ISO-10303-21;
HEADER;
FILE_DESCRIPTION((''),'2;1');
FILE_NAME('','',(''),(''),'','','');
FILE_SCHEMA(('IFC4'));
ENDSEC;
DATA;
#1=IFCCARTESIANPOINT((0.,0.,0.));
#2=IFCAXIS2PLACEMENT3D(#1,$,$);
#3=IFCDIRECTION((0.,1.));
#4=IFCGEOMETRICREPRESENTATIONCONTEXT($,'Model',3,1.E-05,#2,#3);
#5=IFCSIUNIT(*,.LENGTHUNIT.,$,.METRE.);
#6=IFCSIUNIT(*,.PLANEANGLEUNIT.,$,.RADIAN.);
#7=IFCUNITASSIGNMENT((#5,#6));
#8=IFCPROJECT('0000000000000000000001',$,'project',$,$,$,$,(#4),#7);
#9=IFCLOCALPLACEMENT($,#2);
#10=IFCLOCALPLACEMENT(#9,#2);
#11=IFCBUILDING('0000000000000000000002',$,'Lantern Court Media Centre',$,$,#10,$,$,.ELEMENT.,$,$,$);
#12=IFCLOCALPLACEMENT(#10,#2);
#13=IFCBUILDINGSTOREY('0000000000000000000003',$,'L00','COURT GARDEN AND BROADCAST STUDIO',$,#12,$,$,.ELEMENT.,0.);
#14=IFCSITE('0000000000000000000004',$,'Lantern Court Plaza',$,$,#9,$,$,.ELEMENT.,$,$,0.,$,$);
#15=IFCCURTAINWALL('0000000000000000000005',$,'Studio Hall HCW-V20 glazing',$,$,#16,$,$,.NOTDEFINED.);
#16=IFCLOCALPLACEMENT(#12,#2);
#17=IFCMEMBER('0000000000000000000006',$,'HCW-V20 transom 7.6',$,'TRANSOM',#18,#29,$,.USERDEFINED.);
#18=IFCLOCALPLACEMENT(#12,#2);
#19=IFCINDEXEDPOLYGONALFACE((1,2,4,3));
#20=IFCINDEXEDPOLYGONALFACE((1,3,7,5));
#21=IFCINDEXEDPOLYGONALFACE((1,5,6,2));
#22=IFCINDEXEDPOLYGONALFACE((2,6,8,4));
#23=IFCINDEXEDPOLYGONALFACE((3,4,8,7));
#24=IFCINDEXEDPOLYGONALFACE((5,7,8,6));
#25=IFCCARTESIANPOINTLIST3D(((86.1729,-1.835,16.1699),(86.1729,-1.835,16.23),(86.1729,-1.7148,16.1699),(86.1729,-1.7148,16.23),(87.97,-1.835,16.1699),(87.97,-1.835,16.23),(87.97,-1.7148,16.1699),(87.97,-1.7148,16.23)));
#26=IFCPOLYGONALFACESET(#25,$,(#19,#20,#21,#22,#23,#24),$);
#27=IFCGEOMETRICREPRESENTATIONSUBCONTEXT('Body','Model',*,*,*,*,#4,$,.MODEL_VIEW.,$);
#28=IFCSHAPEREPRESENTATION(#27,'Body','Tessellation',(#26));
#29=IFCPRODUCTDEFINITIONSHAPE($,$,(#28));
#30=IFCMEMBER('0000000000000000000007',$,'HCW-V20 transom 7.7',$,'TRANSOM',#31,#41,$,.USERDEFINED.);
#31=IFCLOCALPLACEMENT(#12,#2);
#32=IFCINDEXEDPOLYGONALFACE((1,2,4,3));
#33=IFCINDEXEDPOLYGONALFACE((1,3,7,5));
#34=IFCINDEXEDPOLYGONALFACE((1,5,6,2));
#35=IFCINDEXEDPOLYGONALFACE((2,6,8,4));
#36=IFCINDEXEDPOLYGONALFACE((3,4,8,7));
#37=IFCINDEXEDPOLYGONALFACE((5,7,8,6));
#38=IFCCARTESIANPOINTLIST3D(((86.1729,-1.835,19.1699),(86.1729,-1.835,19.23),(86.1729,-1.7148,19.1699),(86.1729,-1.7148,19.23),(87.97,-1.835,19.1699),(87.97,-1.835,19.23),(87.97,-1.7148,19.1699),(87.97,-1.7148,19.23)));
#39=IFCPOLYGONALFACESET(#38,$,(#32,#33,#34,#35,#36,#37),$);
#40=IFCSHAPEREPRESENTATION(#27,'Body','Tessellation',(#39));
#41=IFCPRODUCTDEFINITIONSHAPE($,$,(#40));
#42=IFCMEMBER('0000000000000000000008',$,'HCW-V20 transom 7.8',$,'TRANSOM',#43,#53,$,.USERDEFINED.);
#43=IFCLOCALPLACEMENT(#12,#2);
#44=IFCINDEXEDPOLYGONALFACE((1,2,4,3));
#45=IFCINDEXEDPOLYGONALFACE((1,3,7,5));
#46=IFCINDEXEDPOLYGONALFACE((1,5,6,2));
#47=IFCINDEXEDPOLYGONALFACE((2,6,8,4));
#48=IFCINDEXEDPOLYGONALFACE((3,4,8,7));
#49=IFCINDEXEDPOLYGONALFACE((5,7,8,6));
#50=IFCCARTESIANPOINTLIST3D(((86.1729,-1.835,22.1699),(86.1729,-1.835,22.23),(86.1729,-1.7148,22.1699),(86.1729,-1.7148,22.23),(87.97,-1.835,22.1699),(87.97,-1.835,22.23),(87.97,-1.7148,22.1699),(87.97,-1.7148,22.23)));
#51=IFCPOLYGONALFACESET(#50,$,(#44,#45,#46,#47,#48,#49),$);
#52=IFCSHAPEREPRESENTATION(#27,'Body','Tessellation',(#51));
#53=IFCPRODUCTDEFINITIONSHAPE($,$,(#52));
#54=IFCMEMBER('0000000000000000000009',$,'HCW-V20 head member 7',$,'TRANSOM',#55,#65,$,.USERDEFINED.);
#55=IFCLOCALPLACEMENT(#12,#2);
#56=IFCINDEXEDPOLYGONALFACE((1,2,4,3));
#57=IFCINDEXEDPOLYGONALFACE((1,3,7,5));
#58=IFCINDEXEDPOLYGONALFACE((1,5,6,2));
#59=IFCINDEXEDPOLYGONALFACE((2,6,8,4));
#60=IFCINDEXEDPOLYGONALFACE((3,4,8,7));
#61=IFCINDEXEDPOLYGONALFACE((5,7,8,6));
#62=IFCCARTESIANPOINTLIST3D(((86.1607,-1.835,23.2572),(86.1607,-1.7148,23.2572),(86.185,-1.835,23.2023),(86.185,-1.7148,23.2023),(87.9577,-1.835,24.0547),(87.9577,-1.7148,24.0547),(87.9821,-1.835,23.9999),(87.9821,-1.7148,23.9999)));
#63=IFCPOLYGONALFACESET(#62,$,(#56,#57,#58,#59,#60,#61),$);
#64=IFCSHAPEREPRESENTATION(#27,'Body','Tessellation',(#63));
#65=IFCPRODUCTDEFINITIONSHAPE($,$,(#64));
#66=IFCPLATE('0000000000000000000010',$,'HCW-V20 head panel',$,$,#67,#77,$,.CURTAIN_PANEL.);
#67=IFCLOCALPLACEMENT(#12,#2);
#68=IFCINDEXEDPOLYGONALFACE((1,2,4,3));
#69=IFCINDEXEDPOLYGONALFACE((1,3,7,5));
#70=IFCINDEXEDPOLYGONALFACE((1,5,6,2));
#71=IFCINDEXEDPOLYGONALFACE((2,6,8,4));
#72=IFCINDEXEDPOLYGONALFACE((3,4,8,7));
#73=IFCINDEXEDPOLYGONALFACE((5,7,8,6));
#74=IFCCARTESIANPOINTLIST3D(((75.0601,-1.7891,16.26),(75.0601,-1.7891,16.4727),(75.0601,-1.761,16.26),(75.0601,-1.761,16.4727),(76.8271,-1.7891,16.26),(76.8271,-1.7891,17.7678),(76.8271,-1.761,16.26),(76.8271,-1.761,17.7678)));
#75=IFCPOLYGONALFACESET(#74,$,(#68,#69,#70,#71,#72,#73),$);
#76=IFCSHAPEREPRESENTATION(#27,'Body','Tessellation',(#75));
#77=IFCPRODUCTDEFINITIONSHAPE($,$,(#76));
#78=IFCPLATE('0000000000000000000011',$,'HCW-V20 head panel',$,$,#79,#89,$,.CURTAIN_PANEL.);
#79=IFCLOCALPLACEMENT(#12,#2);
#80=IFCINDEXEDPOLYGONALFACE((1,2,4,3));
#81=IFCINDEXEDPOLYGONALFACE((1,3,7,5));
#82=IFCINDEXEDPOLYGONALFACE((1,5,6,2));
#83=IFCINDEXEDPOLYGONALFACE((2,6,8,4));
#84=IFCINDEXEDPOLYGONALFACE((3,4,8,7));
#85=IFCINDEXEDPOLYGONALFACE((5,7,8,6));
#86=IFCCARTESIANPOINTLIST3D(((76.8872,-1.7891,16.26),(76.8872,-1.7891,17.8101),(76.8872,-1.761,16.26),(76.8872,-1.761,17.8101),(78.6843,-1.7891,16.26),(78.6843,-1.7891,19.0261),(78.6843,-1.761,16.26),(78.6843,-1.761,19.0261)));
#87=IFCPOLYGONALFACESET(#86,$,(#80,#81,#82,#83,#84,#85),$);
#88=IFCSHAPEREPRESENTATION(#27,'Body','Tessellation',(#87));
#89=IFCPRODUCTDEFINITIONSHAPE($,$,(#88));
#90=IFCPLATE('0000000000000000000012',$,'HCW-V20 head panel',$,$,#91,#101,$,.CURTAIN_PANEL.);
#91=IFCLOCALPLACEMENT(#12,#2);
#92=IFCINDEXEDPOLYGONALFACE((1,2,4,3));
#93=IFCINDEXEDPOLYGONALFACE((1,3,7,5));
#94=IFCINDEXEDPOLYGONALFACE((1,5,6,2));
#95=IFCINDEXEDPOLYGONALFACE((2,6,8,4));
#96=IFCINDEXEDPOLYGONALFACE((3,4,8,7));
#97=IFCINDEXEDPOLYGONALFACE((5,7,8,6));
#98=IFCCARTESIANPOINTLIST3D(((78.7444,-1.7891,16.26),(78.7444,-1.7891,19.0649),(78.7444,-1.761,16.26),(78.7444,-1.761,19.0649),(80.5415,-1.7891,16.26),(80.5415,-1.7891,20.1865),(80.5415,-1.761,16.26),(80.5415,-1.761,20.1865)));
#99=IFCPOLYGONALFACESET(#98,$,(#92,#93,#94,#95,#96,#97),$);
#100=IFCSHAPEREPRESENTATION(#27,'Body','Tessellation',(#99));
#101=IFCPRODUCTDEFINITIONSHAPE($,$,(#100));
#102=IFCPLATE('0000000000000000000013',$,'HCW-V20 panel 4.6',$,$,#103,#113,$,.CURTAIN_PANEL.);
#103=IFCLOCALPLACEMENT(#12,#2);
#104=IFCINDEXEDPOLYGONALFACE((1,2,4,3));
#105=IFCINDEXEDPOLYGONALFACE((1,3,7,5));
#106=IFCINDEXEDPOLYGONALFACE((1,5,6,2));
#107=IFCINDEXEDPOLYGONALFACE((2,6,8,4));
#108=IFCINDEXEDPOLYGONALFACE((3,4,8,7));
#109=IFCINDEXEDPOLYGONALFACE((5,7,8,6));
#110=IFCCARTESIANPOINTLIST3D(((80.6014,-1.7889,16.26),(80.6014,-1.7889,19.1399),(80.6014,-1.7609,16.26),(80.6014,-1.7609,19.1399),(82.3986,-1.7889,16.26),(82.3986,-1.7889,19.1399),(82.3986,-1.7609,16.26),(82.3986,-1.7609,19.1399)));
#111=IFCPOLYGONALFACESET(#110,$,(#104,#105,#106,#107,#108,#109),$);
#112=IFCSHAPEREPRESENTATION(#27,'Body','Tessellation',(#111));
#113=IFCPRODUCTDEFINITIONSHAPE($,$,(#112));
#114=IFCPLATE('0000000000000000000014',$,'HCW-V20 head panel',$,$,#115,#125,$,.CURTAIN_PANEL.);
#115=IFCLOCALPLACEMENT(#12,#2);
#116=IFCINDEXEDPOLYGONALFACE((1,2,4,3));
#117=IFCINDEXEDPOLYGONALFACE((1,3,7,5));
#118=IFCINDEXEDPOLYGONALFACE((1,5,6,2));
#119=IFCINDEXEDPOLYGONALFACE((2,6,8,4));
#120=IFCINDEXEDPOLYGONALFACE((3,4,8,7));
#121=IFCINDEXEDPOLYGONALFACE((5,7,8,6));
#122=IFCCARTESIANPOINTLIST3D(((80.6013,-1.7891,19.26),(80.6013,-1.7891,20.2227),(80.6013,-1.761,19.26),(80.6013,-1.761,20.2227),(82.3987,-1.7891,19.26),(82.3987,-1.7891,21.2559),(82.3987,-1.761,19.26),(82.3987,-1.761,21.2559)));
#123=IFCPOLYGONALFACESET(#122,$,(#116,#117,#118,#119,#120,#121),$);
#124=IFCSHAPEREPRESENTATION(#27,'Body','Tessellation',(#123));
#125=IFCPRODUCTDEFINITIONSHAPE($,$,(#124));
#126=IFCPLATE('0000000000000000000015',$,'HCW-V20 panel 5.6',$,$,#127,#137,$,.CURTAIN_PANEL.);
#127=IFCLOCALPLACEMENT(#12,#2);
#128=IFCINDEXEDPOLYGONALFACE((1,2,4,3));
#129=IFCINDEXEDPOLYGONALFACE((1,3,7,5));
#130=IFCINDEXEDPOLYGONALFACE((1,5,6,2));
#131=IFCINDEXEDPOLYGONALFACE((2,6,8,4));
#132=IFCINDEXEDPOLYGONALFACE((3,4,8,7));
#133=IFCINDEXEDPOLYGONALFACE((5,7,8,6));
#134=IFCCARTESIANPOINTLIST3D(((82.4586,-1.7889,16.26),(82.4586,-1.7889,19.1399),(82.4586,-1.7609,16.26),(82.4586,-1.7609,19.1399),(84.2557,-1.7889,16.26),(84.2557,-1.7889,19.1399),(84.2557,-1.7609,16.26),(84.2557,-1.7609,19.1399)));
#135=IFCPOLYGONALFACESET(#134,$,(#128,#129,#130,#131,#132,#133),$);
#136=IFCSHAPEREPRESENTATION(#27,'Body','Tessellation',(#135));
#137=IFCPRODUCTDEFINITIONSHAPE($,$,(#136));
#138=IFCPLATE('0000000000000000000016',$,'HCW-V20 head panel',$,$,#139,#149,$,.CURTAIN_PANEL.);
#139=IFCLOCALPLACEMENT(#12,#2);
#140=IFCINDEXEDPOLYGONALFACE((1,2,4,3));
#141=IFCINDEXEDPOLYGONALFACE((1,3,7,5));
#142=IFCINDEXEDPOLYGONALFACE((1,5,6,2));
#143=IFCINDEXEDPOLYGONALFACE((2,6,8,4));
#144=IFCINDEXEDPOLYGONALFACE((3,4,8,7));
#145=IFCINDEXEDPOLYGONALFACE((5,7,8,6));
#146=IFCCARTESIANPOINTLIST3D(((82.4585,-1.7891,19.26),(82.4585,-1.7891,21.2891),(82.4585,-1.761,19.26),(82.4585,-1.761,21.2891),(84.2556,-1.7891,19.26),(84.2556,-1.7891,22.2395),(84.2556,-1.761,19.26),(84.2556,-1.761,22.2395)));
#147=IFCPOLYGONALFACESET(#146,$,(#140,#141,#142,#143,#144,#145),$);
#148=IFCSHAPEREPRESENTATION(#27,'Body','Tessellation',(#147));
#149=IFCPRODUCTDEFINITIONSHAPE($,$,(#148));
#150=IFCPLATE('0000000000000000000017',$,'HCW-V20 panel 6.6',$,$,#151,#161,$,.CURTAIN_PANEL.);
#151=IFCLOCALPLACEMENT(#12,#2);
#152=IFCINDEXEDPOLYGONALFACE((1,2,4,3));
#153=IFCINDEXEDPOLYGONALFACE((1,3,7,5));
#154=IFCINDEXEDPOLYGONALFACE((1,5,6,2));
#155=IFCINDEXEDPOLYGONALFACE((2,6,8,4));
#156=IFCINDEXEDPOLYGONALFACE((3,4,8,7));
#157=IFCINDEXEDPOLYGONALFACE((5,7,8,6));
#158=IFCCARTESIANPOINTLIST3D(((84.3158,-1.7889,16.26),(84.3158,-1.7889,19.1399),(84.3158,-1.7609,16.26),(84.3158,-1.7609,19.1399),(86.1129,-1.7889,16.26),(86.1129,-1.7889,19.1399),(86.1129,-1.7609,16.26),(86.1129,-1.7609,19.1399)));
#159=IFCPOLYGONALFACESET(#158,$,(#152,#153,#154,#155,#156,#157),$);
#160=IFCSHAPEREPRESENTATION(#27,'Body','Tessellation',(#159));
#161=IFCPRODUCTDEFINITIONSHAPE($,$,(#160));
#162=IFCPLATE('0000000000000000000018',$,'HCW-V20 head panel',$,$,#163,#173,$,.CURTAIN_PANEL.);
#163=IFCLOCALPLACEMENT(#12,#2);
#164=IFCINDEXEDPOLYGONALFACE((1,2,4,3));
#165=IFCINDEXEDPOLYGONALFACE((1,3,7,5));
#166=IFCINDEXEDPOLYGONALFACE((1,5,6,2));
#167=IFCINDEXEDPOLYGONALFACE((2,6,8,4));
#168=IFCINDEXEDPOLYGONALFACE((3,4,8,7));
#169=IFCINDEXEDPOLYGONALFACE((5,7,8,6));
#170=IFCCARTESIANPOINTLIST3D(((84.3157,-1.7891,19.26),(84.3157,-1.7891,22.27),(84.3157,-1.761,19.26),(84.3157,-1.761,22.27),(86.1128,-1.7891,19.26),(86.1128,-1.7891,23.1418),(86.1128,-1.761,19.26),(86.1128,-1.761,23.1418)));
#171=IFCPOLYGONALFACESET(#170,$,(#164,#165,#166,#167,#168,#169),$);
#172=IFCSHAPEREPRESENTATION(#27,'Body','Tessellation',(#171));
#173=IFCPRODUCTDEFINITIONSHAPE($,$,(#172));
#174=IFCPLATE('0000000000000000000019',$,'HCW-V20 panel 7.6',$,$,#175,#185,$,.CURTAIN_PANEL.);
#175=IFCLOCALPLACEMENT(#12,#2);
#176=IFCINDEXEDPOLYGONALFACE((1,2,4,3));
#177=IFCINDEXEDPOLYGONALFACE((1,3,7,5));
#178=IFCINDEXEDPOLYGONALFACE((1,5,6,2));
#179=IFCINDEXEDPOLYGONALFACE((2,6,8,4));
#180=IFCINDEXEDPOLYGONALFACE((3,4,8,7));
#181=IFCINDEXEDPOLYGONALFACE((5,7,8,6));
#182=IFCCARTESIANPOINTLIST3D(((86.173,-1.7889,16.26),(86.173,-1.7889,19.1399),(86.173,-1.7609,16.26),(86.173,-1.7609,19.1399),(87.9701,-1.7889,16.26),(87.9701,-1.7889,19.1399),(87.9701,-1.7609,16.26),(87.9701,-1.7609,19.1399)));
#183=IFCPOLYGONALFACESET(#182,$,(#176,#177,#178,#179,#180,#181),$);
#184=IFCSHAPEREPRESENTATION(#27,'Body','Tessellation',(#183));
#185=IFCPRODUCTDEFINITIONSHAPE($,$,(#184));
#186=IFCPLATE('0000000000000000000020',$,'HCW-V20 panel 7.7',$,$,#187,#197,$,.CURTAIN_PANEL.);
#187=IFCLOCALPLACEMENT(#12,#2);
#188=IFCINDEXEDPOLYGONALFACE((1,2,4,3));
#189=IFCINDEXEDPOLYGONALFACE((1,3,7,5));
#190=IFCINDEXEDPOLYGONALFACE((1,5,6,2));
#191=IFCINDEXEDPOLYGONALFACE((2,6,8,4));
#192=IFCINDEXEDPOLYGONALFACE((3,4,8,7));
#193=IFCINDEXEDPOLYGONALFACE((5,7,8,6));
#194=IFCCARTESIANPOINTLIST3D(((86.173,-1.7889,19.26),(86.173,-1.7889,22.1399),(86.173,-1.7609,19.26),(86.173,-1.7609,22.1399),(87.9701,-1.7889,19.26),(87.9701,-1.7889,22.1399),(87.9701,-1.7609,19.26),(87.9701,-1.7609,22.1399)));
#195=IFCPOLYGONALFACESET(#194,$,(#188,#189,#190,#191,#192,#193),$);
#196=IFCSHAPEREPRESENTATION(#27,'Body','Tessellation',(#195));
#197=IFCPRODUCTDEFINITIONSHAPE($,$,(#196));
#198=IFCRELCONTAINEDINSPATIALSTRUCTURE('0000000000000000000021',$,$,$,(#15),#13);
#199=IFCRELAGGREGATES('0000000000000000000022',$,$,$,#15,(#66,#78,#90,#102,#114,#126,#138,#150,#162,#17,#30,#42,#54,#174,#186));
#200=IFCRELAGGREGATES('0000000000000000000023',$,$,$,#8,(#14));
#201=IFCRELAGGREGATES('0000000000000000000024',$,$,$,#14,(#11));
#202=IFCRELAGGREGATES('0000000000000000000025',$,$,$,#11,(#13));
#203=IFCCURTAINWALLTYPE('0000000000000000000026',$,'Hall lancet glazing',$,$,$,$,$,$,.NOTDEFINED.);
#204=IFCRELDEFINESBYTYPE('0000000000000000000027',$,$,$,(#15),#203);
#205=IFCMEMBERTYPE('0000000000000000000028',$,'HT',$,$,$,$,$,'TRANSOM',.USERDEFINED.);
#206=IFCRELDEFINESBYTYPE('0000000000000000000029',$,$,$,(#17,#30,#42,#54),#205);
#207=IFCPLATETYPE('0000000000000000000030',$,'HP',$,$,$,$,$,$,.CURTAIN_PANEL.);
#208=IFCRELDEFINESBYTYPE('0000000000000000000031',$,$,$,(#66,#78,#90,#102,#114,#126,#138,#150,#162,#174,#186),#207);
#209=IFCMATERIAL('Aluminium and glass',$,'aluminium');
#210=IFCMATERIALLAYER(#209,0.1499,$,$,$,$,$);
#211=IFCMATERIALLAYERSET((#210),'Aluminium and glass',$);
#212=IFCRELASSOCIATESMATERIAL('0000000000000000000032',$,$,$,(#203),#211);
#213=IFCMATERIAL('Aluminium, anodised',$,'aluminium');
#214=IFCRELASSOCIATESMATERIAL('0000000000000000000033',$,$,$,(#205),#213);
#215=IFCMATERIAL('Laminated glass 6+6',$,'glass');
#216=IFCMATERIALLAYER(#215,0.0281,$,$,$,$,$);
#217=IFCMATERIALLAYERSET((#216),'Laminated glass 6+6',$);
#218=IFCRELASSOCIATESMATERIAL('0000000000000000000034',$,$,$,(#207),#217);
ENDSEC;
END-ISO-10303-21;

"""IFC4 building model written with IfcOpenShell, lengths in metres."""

from ifc_helpers import new_model, si_unit, direction, frame, origin, origin_2d, place, context, subcontext, project, spatial, polyline, rectangle, outline, extrude, material, layer, layer_set, material_profile, profile_set, type_object, element, aggregate, save


model = new_model("IFC4")

# Units and contexts
model_context = context("Model", 3, precision=1e-05, world=origin(), true_north=direction((0.0, 1.0)))
body_context = subcontext(model_context, "Body", "Model", "MODEL_VIEW")
ifc_project = project(units=[si_unit("LENGTHUNIT", "METRE"), si_unit("PLANEANGLEUNIT", "RADIAN")], contexts=[model_context])

# Site, building, storey
site_placement = place(None, origin())
site = spatial("IfcSite", under=ifc_project, at=site_placement, Name="Lantern Court Plaza", CompositionType="ELEMENT", RefElevation=0.0)
building_placement = place(site_placement, origin())
building = spatial("IfcBuilding", under=site, at=building_placement, Name="Lantern Court Media Centre", CompositionType="ELEMENT")
storey_placement = place(building_placement, origin())
storey = spatial("IfcBuildingStorey", under=building, at=storey_placement, Name="L00", Description="COURT GARDEN AND BROADCAST STUDIO", CompositionType="ELEMENT", Elevation=0.0)

# Curtain wall, members, plates
ifc_material_1 = material(Name="Aluminium and glass", Category="aluminium")
ifc_layer_1 = layer(ifc_material_1, 0.1499)
ifc_layer_set_1 = layer_set([ifc_layer_1], Name="Aluminium and glass")
curtain_wall_type = type_object("IfcCurtainWallType", Name="Hall lancet glazing", PredefinedType="NOTDEFINED", material=ifc_layer_set_1)
curtain_wall_placement = place(storey_placement, origin())
curtain_wall = element("IfcCurtainWall", 1, at=curtain_wall_placement, inside=storey, type_object=curtain_wall_type, Name="Studio Hall HCW-V20 glazing", PredefinedType="NOTDEFINED")
ifc_material_2 = material(Name="Aluminium, anodised", Category="aluminium")
ifc_material_profile = material_profile(ifc_material_2, rectangle(XDim=0.1201, YDim=0.0601, at=origin_2d()), Name="HT")
ifc_profile_set = profile_set([ifc_material_profile], Name="Aluminium, anodised")
member_type = type_object("IfcMemberType", Name="HT", ElementType="TRANSOM", PredefinedType="USERDEFINED", material=ifc_profile_set)
member_1_placement = place(storey_placement, frame((86.1729, -1.7749, 16.2), z_axis=(1.0, 0.0, 0.0), x_axis=(0.0, 1.0, 0.0)))
member_1 = element("IfcMember", 2, at=member_1_placement, type_object=member_type, Name="HCW-V20 transom 7.6", ObjectType="TRANSOM", PredefinedType="USERDEFINED", context=body_context, shape_type="SweptSolid", body=[
    extrude(rectangle(XDim=0.1201, YDim=0.0601, at=origin_2d()), origin(), (0.0, 0.0, 1.0), 1.7971),
])
member_2_placement = place(storey_placement, frame((86.1729, -1.7749, 19.2), z_axis=(1.0, 0.0, 0.0), x_axis=(0.0, 1.0, 0.0)))
member_2 = element("IfcMember", 3, at=member_2_placement, type_object=member_type, Name="HCW-V20 transom 7.7", ObjectType="TRANSOM", PredefinedType="USERDEFINED", context=body_context, shape_type="SweptSolid", body=[
    extrude(rectangle(XDim=0.1201, YDim=0.0601, at=origin_2d()), origin(), (0.0, 0.0, 1.0), 1.7971),
])
member_3_placement = place(storey_placement, frame((86.1729, -1.7749, 22.2), z_axis=(1.0, 0.0, 0.0), x_axis=(0.0, 1.0, 0.0)))
member_3 = element("IfcMember", 4, at=member_3_placement, type_object=member_type, Name="HCW-V20 transom 7.8", ObjectType="TRANSOM", PredefinedType="USERDEFINED", context=body_context, shape_type="SweptSolid", body=[
    extrude(rectangle(XDim=0.1201, YDim=0.0601, at=origin_2d()), origin(), (0.0, 0.0, 1.0), 1.7971),
])
member_4_placement = place(storey_placement, frame((86.1729, -1.7749, 23.2297), z_axis=(0.914021, 0.0, 0.405666), x_axis=(0.0, 1.0, 0.0)))
member_4 = element("IfcMember", 5, at=member_4_placement, type_object=member_type, Name="HCW-V20 head member 7", ObjectType="TRANSOM", PredefinedType="USERDEFINED", context=body_context, shape_type="SweptSolid", body=[
    extrude(rectangle(XDim=0.1201, YDim=0.0601, at=origin_2d()), origin(), (0.0, 0.0, 1.0), 1.9661),
])
ifc_material_3 = material(Name="Laminated glass 6+6", Category="glass")
ifc_layer_2 = layer(ifc_material_3, 0.0281)
ifc_layer_set_2 = layer_set([ifc_layer_2], Name="Laminated glass 6+6")
plate_type = type_object("IfcPlateType", Name="HP", PredefinedType="CURTAIN_PANEL", material=ifc_layer_set_2)
plate_1_placement = place(storey_placement, frame((75.0601, -1.7891, 16.26), z_axis=(0.0, -1.0, 0.0), x_axis=(1.0, 0.0, 0.0)))
plate_1 = element("IfcPlate", 6, at=plate_1_placement, type_object=plate_type, Name="HCW-V20 head panel", PredefinedType="CURTAIN_PANEL", context=body_context, shape_type="SweptSolid", body=[
    extrude(outline(polyline([(0.0, 0.0), (1.7671, 0.0), (1.7671, 1.5078), (0.0, 0.2126), (0.0, 0.0)])), origin(), (0.0, 0.0, -1.0), 0.0281),
])
plate_2_placement = place(storey_placement, frame((76.8872, -1.7891, 16.26), z_axis=(0.0, -1.0, 0.0), x_axis=(1.0, 0.0, 0.0)))
plate_2 = element("IfcPlate", 7, at=plate_2_placement, type_object=plate_type, Name="HCW-V20 head panel", PredefinedType="CURTAIN_PANEL", context=body_context, shape_type="SweptSolid", body=[
    extrude(outline(polyline([(0.0, 0.0), (1.7971, 0.0), (1.7971, 2.7661), (0.0, 1.55), (0.0, 0.0)])), origin(), (0.0, 0.0, -1.0), 0.0281),
])
plate_3_placement = place(storey_placement, frame((78.7444, -1.7891, 16.26), z_axis=(0.0, -1.0, 0.0), x_axis=(1.0, 0.0, 0.0)))
plate_3 = element("IfcPlate", 8, at=plate_3_placement, type_object=plate_type, Name="HCW-V20 head panel", PredefinedType="CURTAIN_PANEL", context=body_context, shape_type="SweptSolid", body=[
    extrude(outline(polyline([(0.0, 0.0), (1.7971, 0.0), (1.7971, 3.9265), (0.0, 2.8049), (0.0, 0.0)])), origin(), (0.0, 0.0, -1.0), 0.0281),
])
plate_4_placement = place(storey_placement, frame((81.5, -1.7749, 16.26), z_axis=(0.0, 0.0, 1.0), x_axis=(1.0, 0.0, 0.0)))
plate_4 = element("IfcPlate", 9, at=plate_4_placement, type_object=plate_type, Name="HCW-V20 panel 4.6", PredefinedType="CURTAIN_PANEL", context=body_context, shape_type="SweptSolid", body=[
    extrude(rectangle(XDim=1.7971, YDim=0.0281, at=origin_2d()), origin(), (0.0, 0.0, 1.0), 2.8799),
])
plate_5_placement = place(storey_placement, frame((80.6013, -1.7891, 19.26), z_axis=(0.0, -1.0, 0.0), x_axis=(1.0, 0.0, 0.0)))
plate_5 = element("IfcPlate", 10, at=plate_5_placement, type_object=plate_type, Name="HCW-V20 head panel", PredefinedType="CURTAIN_PANEL", context=body_context, shape_type="SweptSolid", body=[
    extrude(outline(polyline([(0.0, 0.0), (1.7974, 0.0), (1.7974, 1.9958), (0.0, 0.9626), (0.0, 0.0)])), origin(), (0.0, 0.0, -1.0), 0.0281),
])
plate_6_placement = place(storey_placement, frame((83.3572, -1.7749, 16.26), z_axis=(0.0, 0.0, 1.0), x_axis=(1.0, 0.0, 0.0)))
plate_6 = element("IfcPlate", 11, at=plate_6_placement, type_object=plate_type, Name="HCW-V20 panel 5.6", PredefinedType="CURTAIN_PANEL", context=body_context, shape_type="SweptSolid", body=[
    extrude(rectangle(XDim=1.7971, YDim=0.0281, at=origin_2d()), origin(), (0.0, 0.0, 1.0), 2.8799),
])
plate_7_placement = place(storey_placement, frame((82.4585, -1.7891, 19.26), z_axis=(0.0, -1.0, 0.0), x_axis=(1.0, 0.0, 0.0)))
plate_7 = element("IfcPlate", 12, at=plate_7_placement, type_object=plate_type, Name="HCW-V20 head panel", PredefinedType="CURTAIN_PANEL", context=body_context, shape_type="SweptSolid", body=[
    extrude(outline(polyline([(0.0, 0.0), (1.7971, 0.0), (1.7971, 2.9795), (0.0, 2.0291), (0.0, 0.0)])), origin(), (0.0, 0.0, -1.0), 0.0281),
])
plate_8_placement = place(storey_placement, frame((85.2144, -1.7749, 16.26), z_axis=(0.0, 0.0, 1.0), x_axis=(1.0, 0.0, 0.0)))
plate_8 = element("IfcPlate", 13, at=plate_8_placement, type_object=plate_type, Name="HCW-V20 panel 6.6", PredefinedType="CURTAIN_PANEL", context=body_context, shape_type="SweptSolid", body=[
    extrude(rectangle(XDim=1.7971, YDim=0.0281, at=origin_2d()), origin(), (0.0, 0.0, 1.0), 2.8799),
])
plate_9_placement = place(storey_placement, frame((84.3157, -1.7891, 19.26), z_axis=(0.0, -1.0, 0.0), x_axis=(1.0, 0.0, 0.0)))
plate_9 = element("IfcPlate", 14, at=plate_9_placement, type_object=plate_type, Name="HCW-V20 head panel", PredefinedType="CURTAIN_PANEL", context=body_context, shape_type="SweptSolid", body=[
    extrude(outline(polyline([(0.0, 0.0), (1.7971, 0.0), (1.7971, 3.8818), (0.0, 3.01), (0.0, 0.0)])), origin(), (0.0, 0.0, -1.0), 0.0281),
])
plate_10_placement = place(storey_placement, frame((87.0715, -1.7749, 16.26), z_axis=(0.0, 0.0, 1.0), x_axis=(1.0, 0.0, 0.0)))
plate_10 = element("IfcPlate", 15, at=plate_10_placement, type_object=plate_type, Name="HCW-V20 panel 7.6", PredefinedType="CURTAIN_PANEL", context=body_context, shape_type="SweptSolid", body=[
    extrude(rectangle(XDim=1.7971, YDim=0.0281, at=origin_2d()), origin(), (0.0, 0.0, 1.0), 2.8799),
])
plate_11_placement = place(storey_placement, frame((87.0715, -1.7749, 19.26), z_axis=(0.0, 0.0, 1.0), x_axis=(1.0, 0.0, 0.0)))
plate_11 = element("IfcPlate", 16, at=plate_11_placement, type_object=plate_type, Name="HCW-V20 panel 7.7", PredefinedType="CURTAIN_PANEL", context=body_context, shape_type="SweptSolid", body=[
    extrude(rectangle(XDim=1.7971, YDim=0.0281, at=origin_2d()), origin(), (0.0, 0.0, 1.0), 2.8799),
])
aggregate(curtain_wall, [plate_1, plate_2, plate_3, plate_4, plate_5, plate_6, plate_7, plate_8, plate_9, member_1, member_2, member_3, member_4, plate_10, plate_11])

save(model, "model.ifc")
